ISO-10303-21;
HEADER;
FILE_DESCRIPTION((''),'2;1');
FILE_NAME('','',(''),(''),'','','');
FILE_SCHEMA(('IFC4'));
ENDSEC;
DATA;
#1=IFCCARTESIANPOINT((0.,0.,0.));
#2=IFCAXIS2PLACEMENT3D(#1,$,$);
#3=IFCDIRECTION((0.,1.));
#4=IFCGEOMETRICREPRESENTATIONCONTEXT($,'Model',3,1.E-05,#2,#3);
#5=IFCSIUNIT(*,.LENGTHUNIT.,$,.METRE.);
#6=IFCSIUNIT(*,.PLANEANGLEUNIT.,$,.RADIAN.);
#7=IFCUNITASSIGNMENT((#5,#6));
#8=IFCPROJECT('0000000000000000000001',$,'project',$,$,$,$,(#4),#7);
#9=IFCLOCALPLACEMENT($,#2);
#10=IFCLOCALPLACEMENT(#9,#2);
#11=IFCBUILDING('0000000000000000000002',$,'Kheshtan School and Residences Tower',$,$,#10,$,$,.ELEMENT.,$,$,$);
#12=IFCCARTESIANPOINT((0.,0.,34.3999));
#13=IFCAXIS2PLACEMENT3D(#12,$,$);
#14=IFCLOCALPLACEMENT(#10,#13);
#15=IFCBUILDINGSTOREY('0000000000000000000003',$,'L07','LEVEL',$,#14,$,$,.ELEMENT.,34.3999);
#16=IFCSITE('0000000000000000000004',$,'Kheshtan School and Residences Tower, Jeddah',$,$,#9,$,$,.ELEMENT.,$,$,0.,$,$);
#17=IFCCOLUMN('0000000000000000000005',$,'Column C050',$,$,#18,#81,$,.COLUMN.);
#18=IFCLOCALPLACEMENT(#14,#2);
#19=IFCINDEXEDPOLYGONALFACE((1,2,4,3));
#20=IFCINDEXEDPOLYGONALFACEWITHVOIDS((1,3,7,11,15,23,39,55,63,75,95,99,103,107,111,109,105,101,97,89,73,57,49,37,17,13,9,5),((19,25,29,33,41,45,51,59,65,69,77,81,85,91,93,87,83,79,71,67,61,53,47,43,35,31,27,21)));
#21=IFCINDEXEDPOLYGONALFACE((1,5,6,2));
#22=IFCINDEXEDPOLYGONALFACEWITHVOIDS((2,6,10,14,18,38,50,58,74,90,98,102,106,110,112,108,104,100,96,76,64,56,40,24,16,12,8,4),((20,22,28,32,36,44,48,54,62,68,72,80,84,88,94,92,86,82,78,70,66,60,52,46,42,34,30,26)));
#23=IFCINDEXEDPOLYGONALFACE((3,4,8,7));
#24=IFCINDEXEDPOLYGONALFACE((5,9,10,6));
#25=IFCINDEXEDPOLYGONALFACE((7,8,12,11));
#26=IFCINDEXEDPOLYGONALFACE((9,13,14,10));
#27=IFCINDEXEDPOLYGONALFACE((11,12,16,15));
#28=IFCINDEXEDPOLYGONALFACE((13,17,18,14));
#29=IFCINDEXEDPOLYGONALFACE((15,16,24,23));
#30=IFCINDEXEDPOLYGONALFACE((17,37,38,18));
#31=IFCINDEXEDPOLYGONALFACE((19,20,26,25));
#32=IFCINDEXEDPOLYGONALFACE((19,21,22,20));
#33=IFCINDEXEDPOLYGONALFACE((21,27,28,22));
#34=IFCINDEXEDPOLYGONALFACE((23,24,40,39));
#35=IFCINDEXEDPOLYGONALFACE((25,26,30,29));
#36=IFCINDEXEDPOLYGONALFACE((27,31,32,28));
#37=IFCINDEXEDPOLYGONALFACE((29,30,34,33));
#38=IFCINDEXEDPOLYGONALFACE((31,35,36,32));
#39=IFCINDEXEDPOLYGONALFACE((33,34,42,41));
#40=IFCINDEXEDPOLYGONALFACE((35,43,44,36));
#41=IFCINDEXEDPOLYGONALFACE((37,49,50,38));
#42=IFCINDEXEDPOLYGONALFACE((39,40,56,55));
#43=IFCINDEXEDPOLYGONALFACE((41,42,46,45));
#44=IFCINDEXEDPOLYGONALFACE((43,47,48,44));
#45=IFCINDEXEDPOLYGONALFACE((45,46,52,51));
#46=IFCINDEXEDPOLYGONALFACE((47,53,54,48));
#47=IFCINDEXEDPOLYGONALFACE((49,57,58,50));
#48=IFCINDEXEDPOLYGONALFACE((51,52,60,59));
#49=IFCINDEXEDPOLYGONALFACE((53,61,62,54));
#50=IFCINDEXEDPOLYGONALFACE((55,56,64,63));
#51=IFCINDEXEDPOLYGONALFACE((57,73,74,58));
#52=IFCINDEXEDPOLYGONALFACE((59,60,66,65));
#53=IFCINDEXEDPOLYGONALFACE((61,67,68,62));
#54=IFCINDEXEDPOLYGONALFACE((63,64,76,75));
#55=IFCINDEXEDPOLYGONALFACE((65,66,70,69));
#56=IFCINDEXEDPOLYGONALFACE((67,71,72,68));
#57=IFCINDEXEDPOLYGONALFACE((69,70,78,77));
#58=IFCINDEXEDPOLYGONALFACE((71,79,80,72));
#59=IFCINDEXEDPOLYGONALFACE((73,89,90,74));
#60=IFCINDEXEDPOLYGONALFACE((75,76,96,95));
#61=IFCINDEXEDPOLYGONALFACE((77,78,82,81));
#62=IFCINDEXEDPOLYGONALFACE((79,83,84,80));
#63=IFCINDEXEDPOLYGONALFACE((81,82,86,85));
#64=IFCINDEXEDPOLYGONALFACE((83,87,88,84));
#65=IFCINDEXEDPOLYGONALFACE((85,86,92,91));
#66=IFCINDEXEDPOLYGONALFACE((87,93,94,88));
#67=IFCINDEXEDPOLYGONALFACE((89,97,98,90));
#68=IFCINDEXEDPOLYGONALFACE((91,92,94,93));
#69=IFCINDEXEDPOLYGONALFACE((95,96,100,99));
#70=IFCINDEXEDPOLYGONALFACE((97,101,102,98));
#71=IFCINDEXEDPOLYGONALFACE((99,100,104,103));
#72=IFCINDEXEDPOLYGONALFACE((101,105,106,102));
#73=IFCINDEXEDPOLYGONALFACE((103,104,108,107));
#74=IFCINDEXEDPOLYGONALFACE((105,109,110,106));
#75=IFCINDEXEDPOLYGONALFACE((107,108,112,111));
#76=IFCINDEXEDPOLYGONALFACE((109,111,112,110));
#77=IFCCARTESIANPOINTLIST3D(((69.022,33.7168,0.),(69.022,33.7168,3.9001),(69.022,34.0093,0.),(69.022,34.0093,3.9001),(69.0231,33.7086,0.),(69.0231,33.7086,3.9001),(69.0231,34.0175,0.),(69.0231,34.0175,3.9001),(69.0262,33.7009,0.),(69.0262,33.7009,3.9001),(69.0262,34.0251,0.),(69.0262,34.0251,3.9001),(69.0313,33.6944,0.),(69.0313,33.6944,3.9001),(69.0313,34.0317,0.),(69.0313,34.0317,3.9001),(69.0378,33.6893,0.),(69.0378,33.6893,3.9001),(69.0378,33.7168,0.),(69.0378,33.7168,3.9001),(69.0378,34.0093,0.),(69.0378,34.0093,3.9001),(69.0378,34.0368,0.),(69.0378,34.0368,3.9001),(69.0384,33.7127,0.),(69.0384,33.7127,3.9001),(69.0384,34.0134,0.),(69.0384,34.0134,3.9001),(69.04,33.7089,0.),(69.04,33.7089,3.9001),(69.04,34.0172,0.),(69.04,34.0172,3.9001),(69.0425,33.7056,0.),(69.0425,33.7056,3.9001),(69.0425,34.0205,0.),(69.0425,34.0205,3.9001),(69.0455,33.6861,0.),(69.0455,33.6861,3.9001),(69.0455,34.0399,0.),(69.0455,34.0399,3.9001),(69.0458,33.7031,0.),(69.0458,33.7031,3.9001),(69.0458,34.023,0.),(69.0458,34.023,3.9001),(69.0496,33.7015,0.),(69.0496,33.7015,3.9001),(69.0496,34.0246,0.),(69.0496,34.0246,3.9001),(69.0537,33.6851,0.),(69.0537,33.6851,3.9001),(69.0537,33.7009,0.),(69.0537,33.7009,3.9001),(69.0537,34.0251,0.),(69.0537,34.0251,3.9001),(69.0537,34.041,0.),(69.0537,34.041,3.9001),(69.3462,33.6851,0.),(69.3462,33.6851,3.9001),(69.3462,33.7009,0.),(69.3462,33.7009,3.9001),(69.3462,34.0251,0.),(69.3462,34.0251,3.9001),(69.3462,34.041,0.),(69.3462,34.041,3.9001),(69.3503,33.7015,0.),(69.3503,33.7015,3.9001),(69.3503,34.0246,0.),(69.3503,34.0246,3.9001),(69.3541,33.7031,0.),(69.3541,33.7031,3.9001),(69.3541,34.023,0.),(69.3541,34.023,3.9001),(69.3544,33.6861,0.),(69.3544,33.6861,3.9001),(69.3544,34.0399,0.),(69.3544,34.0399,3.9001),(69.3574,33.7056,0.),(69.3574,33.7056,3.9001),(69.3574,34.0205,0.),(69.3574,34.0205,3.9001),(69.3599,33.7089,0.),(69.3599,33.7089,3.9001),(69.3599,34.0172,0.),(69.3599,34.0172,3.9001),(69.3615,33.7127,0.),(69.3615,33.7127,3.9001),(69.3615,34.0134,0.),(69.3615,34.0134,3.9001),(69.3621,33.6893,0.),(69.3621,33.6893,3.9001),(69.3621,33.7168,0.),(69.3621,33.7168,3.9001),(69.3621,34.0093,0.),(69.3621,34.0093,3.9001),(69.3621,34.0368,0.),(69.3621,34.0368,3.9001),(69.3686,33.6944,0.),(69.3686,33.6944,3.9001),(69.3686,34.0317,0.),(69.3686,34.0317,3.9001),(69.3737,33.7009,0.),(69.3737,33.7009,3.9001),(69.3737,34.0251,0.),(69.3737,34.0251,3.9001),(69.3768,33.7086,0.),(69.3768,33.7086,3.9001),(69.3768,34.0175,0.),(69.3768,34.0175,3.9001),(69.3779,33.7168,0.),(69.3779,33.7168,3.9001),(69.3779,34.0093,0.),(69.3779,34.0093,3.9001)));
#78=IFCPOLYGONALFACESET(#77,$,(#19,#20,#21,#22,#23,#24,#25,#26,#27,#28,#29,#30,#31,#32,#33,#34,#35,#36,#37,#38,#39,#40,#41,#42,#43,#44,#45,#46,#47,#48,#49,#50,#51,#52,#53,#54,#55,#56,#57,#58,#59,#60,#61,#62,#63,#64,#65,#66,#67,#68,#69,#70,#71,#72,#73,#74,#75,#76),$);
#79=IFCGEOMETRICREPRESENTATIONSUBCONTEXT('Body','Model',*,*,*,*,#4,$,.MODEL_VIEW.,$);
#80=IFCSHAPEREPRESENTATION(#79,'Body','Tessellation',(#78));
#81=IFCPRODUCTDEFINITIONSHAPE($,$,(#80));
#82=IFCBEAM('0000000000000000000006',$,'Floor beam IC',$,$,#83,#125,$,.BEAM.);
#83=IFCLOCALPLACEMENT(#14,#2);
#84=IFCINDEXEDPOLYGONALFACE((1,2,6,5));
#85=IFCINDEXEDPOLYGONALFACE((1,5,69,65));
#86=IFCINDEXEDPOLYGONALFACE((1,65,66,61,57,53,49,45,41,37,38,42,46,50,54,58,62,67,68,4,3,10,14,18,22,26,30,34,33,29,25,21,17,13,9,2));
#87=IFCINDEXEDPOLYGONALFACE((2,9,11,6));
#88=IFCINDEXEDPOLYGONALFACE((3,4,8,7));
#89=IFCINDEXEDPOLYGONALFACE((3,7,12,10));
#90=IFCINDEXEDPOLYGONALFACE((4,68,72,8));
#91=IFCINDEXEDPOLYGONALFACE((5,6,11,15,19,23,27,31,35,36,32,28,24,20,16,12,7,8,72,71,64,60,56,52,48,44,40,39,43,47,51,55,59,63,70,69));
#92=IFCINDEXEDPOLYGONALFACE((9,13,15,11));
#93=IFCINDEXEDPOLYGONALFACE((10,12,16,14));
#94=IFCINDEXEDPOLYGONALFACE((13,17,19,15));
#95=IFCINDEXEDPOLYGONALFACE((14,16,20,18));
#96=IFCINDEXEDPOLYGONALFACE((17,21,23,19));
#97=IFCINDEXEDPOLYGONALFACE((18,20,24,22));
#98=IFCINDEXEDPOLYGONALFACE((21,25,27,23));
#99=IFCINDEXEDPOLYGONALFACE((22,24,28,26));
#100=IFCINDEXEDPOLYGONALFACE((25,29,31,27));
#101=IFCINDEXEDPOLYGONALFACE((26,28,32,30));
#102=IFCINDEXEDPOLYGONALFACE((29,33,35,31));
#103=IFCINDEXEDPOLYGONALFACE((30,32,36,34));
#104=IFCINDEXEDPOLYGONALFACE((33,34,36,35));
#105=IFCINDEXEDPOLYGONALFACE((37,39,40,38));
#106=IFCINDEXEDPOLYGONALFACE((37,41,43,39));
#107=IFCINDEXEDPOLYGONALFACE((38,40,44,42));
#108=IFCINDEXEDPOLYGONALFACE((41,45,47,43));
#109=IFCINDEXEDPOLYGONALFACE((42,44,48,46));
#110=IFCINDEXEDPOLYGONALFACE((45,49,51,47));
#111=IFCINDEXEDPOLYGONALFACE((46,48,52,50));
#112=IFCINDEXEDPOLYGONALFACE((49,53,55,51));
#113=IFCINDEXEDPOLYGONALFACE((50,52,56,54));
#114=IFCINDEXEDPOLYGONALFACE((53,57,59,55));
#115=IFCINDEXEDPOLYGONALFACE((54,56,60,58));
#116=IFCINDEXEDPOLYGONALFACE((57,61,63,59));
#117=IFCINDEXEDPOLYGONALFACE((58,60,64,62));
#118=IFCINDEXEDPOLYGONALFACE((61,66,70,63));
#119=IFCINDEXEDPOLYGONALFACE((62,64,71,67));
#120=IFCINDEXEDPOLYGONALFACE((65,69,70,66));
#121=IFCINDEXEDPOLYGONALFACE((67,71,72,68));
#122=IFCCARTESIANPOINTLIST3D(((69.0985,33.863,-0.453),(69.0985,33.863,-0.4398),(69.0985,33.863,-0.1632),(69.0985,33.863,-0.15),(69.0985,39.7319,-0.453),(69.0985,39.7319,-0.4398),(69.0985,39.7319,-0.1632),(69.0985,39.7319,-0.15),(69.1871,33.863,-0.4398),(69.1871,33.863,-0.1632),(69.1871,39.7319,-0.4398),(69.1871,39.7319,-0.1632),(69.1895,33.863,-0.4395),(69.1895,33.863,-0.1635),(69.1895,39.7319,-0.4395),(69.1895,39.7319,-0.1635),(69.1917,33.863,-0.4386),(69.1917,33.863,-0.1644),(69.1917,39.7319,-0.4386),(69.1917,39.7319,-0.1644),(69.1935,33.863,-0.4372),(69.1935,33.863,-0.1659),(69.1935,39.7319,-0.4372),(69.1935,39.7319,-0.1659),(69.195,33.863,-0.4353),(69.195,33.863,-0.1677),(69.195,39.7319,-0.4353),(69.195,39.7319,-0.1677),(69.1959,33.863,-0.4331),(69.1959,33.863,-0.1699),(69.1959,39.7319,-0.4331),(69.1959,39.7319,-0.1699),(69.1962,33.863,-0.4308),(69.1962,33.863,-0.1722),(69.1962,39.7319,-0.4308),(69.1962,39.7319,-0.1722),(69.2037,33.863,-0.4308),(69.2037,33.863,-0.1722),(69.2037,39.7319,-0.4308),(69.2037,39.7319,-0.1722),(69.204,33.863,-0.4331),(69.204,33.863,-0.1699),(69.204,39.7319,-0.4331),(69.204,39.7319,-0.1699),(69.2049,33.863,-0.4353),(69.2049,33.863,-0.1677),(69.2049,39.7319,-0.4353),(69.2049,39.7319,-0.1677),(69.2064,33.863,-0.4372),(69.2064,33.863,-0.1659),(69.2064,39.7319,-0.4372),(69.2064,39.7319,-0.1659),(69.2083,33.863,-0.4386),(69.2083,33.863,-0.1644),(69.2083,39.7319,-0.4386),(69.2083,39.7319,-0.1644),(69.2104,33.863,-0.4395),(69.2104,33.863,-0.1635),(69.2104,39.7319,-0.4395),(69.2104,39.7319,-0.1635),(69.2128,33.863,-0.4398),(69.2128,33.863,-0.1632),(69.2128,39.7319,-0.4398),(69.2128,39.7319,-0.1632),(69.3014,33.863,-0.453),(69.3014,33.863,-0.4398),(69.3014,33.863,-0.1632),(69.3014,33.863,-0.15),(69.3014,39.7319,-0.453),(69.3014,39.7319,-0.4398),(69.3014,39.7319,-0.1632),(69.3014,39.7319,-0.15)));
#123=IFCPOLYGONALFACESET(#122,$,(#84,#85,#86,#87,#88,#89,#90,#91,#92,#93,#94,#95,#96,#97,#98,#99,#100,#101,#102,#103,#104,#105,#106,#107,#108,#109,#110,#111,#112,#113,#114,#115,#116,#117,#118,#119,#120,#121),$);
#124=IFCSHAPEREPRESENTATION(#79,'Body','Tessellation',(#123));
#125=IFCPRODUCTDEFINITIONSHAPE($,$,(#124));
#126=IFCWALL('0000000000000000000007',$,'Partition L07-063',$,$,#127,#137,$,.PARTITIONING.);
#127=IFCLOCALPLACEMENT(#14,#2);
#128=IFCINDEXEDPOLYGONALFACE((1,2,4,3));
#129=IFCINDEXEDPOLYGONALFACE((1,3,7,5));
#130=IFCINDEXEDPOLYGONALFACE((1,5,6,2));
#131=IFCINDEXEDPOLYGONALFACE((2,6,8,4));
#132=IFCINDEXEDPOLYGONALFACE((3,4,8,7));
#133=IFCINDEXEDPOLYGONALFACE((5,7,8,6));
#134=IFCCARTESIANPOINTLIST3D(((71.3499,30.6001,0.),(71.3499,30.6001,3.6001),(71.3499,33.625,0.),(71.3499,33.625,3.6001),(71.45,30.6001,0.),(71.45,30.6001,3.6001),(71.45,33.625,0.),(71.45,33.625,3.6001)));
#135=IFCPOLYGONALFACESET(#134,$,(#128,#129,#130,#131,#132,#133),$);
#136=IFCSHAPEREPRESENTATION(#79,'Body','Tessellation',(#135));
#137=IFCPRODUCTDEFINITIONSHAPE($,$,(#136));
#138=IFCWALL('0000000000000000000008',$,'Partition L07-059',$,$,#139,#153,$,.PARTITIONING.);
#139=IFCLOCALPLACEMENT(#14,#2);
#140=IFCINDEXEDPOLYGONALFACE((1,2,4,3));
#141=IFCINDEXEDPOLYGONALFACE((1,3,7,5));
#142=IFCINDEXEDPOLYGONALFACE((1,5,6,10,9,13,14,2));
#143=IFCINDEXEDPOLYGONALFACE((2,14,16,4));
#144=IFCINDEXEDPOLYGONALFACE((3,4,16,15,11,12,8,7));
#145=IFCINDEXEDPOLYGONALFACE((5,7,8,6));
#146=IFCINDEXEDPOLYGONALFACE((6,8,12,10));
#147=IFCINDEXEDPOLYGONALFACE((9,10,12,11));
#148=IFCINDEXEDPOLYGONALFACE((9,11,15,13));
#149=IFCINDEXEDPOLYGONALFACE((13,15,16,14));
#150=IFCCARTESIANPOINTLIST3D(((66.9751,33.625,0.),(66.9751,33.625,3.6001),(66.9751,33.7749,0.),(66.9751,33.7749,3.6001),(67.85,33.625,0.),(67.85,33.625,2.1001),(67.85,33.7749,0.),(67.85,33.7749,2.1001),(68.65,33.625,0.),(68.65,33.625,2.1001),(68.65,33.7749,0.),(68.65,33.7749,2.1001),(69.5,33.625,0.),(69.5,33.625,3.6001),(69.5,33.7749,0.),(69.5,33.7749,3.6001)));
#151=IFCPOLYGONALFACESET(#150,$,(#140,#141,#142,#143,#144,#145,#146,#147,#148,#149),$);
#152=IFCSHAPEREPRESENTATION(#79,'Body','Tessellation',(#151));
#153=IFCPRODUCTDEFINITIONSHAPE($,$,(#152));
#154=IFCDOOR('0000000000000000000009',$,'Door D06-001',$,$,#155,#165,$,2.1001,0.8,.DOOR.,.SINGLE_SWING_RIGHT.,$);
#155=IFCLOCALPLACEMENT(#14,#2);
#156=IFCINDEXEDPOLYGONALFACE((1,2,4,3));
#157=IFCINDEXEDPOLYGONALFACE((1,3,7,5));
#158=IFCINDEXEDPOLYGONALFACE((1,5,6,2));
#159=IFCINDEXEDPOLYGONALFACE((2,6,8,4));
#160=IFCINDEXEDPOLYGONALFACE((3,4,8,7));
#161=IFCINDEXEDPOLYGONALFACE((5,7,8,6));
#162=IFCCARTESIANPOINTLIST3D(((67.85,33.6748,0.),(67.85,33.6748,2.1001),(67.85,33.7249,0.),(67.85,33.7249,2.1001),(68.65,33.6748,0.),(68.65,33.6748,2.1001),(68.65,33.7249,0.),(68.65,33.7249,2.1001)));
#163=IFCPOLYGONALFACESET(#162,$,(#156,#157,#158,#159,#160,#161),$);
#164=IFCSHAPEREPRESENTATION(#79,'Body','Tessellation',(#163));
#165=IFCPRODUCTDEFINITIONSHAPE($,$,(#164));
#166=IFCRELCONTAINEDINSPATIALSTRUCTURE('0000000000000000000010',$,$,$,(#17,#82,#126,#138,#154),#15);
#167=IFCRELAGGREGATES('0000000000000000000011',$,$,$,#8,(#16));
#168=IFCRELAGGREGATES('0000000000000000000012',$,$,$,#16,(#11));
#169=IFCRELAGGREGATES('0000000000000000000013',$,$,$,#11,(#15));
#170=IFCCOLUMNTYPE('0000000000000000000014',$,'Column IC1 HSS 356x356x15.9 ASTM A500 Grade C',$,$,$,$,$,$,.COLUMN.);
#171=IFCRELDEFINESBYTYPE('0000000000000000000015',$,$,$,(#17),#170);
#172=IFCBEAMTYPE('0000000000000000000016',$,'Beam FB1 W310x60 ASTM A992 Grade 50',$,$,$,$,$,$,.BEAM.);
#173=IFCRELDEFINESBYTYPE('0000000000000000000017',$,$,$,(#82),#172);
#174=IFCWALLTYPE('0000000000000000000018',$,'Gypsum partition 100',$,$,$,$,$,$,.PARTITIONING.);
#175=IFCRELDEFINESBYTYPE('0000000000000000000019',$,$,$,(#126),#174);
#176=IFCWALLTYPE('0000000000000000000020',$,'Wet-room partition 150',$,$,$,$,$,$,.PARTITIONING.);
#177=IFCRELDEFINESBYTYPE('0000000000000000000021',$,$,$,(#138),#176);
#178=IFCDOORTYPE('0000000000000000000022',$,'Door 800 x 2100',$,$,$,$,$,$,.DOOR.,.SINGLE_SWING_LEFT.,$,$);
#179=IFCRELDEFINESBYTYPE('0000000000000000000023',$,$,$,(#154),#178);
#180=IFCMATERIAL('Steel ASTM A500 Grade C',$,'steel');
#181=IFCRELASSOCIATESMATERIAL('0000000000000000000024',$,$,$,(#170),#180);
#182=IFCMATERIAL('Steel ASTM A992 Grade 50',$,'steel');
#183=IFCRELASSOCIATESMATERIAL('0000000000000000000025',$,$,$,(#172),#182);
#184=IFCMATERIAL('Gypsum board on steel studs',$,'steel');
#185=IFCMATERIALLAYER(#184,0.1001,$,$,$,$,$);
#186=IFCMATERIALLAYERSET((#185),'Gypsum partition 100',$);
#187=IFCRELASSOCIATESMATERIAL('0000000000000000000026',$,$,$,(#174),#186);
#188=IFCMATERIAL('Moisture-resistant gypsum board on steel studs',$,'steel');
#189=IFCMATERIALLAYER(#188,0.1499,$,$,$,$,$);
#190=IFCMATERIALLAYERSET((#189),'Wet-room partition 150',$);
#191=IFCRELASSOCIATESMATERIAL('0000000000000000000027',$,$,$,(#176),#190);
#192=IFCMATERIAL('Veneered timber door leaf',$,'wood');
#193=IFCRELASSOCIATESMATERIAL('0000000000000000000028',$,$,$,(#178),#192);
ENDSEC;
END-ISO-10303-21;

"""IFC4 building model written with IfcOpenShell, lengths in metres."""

from ifc_helpers import new_model, si_unit, direction, frame, frame_2d, origin, origin_2d, place, context, subcontext, project, spatial, rectangle, hollow_rectangle, i_section, extrude, source, transform, mapped, material, layer, layer_set, material_profile, profile_set, type_object, element, fill, save


model = new_model("IFC4")

# Units and contexts
model_context = context("Model", 3, precision=1e-05, world=origin(), true_north=direction((0.0, 1.0)))
body_context = subcontext(model_context, "Body", "Model", "MODEL_VIEW")
ifc_project = project(units=[si_unit("LENGTHUNIT", "METRE"), si_unit("PLANEANGLEUNIT", "RADIAN")], contexts=[model_context])

# Site, building, storey
site_placement = place(None, origin())
site = spatial("IfcSite", under=ifc_project, at=site_placement, Name="Kheshtan School and Residences Tower, Jeddah", CompositionType="ELEMENT", RefElevation=0.0)
building_placement = place(site_placement, origin())
building = spatial("IfcBuilding", under=site, at=building_placement, Name="Kheshtan School and Residences Tower", CompositionType="ELEMENT")
storey_placement = place(building_placement, frame((0.0, 0.0, 34.3999)))
storey = spatial("IfcBuildingStorey", under=building, at=storey_placement, Name="L07", Description="LEVEL", CompositionType="ELEMENT", Elevation=34.3999)

# Column
ifc_material_1 = material(Name="Steel ASTM A500 Grade C", Category="steel")
ifc_material_profile_1 = material_profile(ifc_material_1, hollow_rectangle(XDim=0.356, YDim=0.356, WallThickness=0.0159, InnerFilletRadius=0.0159, OuterFilletRadius=0.0317, at=origin_2d()), Name="HSS 356x356x15.9")
ifc_profile_set_1 = profile_set([ifc_material_profile_1], Name="Steel ASTM A500 Grade C")
column_type = type_object("IfcColumnType", Name="Column IC1 HSS 356x356x15.9 ASTM A500 Grade C", PredefinedType="COLUMN", material=ifc_profile_set_1)
column_placement = place(storey_placement, frame((69.2, 33.863, 0.0), z_axis=(0.0, 0.0, 1.0), x_axis=(1.0, 0.0, 0.0)))
element("IfcColumn", 1, at=column_placement, inside=storey, type_object=column_type, Name="Column C050", PredefinedType="COLUMN", context=body_context, shape_type="SweptSolid", body=[
    extrude(hollow_rectangle(XDim=0.356, YDim=0.356, WallThickness=0.0159, InnerFilletRadius=0.0159, OuterFilletRadius=0.0317, at=origin_2d()), origin(), (0.0, 0.0, 1.0), 3.9001),
])

# Beam
ifc_material_2 = material(Name="Steel ASTM A992 Grade 50", Category="steel")
ifc_material_profile_2 = material_profile(ifc_material_2, i_section(OverallWidth=0.2029, OverallDepth=0.303, WebThickness=0.0076, FlangeThickness=0.0132, FilletRadius=0.009, at=origin_2d()), Name="W310x60")
ifc_profile_set_2 = profile_set([ifc_material_profile_2], Name="Steel ASTM A992 Grade 50")
beam_type = type_object("IfcBeamType", Name="Beam FB1 W310x60 ASTM A992 Grade 50", PredefinedType="BEAM", material=ifc_profile_set_2)
beam_placement = place(storey_placement, frame((69.2, 33.863, -0.3015), z_axis=(0.0, 1.0, 0.0), x_axis=(-1.0, 0.0, 0.0)))
element("IfcBeam", 2, at=beam_placement, inside=storey, type_object=beam_type, Name="Floor beam IC", PredefinedType="BEAM", context=body_context, shape_type="SweptSolid", body=[
    extrude(i_section(OverallWidth=0.2029, OverallDepth=0.303, WebThickness=0.0076, FlangeThickness=0.0132, FilletRadius=0.009, at=origin_2d()), origin(), (0.0, 0.0, 1.0), 5.8689),
])

# Wall
ifc_material_3 = material(Name="Gypsum board on steel studs", Category="steel")
ifc_layer_1 = layer(ifc_material_3, 0.1001)
ifc_layer_set_1 = layer_set([ifc_layer_1], Name="Gypsum partition 100")
wall_type_1 = type_object("IfcWallType", Name="Gypsum partition 100", PredefinedType="PARTITIONING", material=ifc_layer_set_1)
wall_1_placement = place(storey_placement, frame((71.3999, 30.6001, 0.0), z_axis=(0.0, 0.0, 1.0), x_axis=(0.0, 1.0, 0.0)))
element("IfcWall", 3, at=wall_1_placement, inside=storey, type_object=wall_type_1, Name="Partition L07-063", PredefinedType="PARTITIONING", context=body_context, shape_type="SweptSolid", body=[
    extrude(rectangle(XDim=3.0249, YDim=0.1001, at=frame_2d((1.5125, 0.0))), origin(), (0.0, 0.0, 1.0), 3.6001),
])

# Wall, opening, door
ifc_material_4 = material(Name="Moisture-resistant gypsum board on steel studs", Category="steel")
ifc_layer_2 = layer(ifc_material_4, 0.1499)
ifc_layer_set_2 = layer_set([ifc_layer_2], Name="Wet-room partition 150")
wall_type_2 = type_object("IfcWallType", Name="Wet-room partition 150", PredefinedType="PARTITIONING", material=ifc_layer_set_2)
wall_2_placement = place(storey_placement, frame((66.9751, 33.7, 0.0), z_axis=(0.0, 0.0, 1.0), x_axis=(1.0, 0.0, 0.0)))
wall_2 = element("IfcWall", 4, at=wall_2_placement, inside=storey, type_object=wall_type_2, Name="Partition L07-059", PredefinedType="PARTITIONING", context=body_context, shape_type="SweptSolid", body=[
    extrude(rectangle(XDim=2.5249, YDim=0.1499, at=frame_2d((1.2625, 0.0))), origin(), (0.0, 0.0, 1.0), 3.6001),
])
opening_1_placement = place(wall_2_placement, frame((0.875, 0.0, 0.0)))
opening_1 = element("IfcOpeningElement", 5, at=opening_1_placement, cuts=wall_2, PredefinedType="OPENING", context=body_context, shape_type="SweptSolid", body=[
    extrude(rectangle(XDim=0.8, YDim=2.1001, at=frame_2d((0.3999, 1.05))), frame((0.0, 0.085, 0.0), z_axis=(0.0, -1.0, 0.0), x_axis=(1.0, 0.0, 0.0)), (0.0, 0.0, 1.0), 0.1699),
])
ifc_material_5 = material(Name="Veneered timber door leaf", Category="wood")
door_type_1 = type_object("IfcDoorType", Name="Door 800 x 2100", OperationType="SINGLE_SWING_LEFT", PredefinedType="DOOR", material=ifc_material_5)
shared_shape_1 = source(origin(), body_context, "Body", "SweptSolid", [
    extrude(rectangle(XDim=0.8, YDim=2.1001, at=frame_2d((0.3999, 1.05))), frame((0.0, 0.0249, 0.0), z_axis=(0.0, -1.0, 0.0), x_axis=(1.0, 0.0, 0.0)), (0.0, 0.0, 1.0), 0.05),
])
door_1_placement = place(opening_1_placement, origin())
door_1 = element("IfcDoor", 6, at=door_1_placement, inside=storey, type_object=door_type_1, Name="Door D06-001", OperationType="SINGLE_SWING_RIGHT", OverallHeight=2.1001, OverallWidth=0.8, PredefinedType="DOOR", context=body_context, shape_type="MappedRepresentation", body=[
    mapped(shared_shape_1, transform((0.0, 0.0, 0.0), x_axis=(1.0, 0.0, 0.0), y_axis=(0.0, 1.0, 0.0), z_axis=(0.0, 0.0, 1.0), scale=1.0)),
])
fill(opening_1, door_1)

save(model, "model.ifc")
